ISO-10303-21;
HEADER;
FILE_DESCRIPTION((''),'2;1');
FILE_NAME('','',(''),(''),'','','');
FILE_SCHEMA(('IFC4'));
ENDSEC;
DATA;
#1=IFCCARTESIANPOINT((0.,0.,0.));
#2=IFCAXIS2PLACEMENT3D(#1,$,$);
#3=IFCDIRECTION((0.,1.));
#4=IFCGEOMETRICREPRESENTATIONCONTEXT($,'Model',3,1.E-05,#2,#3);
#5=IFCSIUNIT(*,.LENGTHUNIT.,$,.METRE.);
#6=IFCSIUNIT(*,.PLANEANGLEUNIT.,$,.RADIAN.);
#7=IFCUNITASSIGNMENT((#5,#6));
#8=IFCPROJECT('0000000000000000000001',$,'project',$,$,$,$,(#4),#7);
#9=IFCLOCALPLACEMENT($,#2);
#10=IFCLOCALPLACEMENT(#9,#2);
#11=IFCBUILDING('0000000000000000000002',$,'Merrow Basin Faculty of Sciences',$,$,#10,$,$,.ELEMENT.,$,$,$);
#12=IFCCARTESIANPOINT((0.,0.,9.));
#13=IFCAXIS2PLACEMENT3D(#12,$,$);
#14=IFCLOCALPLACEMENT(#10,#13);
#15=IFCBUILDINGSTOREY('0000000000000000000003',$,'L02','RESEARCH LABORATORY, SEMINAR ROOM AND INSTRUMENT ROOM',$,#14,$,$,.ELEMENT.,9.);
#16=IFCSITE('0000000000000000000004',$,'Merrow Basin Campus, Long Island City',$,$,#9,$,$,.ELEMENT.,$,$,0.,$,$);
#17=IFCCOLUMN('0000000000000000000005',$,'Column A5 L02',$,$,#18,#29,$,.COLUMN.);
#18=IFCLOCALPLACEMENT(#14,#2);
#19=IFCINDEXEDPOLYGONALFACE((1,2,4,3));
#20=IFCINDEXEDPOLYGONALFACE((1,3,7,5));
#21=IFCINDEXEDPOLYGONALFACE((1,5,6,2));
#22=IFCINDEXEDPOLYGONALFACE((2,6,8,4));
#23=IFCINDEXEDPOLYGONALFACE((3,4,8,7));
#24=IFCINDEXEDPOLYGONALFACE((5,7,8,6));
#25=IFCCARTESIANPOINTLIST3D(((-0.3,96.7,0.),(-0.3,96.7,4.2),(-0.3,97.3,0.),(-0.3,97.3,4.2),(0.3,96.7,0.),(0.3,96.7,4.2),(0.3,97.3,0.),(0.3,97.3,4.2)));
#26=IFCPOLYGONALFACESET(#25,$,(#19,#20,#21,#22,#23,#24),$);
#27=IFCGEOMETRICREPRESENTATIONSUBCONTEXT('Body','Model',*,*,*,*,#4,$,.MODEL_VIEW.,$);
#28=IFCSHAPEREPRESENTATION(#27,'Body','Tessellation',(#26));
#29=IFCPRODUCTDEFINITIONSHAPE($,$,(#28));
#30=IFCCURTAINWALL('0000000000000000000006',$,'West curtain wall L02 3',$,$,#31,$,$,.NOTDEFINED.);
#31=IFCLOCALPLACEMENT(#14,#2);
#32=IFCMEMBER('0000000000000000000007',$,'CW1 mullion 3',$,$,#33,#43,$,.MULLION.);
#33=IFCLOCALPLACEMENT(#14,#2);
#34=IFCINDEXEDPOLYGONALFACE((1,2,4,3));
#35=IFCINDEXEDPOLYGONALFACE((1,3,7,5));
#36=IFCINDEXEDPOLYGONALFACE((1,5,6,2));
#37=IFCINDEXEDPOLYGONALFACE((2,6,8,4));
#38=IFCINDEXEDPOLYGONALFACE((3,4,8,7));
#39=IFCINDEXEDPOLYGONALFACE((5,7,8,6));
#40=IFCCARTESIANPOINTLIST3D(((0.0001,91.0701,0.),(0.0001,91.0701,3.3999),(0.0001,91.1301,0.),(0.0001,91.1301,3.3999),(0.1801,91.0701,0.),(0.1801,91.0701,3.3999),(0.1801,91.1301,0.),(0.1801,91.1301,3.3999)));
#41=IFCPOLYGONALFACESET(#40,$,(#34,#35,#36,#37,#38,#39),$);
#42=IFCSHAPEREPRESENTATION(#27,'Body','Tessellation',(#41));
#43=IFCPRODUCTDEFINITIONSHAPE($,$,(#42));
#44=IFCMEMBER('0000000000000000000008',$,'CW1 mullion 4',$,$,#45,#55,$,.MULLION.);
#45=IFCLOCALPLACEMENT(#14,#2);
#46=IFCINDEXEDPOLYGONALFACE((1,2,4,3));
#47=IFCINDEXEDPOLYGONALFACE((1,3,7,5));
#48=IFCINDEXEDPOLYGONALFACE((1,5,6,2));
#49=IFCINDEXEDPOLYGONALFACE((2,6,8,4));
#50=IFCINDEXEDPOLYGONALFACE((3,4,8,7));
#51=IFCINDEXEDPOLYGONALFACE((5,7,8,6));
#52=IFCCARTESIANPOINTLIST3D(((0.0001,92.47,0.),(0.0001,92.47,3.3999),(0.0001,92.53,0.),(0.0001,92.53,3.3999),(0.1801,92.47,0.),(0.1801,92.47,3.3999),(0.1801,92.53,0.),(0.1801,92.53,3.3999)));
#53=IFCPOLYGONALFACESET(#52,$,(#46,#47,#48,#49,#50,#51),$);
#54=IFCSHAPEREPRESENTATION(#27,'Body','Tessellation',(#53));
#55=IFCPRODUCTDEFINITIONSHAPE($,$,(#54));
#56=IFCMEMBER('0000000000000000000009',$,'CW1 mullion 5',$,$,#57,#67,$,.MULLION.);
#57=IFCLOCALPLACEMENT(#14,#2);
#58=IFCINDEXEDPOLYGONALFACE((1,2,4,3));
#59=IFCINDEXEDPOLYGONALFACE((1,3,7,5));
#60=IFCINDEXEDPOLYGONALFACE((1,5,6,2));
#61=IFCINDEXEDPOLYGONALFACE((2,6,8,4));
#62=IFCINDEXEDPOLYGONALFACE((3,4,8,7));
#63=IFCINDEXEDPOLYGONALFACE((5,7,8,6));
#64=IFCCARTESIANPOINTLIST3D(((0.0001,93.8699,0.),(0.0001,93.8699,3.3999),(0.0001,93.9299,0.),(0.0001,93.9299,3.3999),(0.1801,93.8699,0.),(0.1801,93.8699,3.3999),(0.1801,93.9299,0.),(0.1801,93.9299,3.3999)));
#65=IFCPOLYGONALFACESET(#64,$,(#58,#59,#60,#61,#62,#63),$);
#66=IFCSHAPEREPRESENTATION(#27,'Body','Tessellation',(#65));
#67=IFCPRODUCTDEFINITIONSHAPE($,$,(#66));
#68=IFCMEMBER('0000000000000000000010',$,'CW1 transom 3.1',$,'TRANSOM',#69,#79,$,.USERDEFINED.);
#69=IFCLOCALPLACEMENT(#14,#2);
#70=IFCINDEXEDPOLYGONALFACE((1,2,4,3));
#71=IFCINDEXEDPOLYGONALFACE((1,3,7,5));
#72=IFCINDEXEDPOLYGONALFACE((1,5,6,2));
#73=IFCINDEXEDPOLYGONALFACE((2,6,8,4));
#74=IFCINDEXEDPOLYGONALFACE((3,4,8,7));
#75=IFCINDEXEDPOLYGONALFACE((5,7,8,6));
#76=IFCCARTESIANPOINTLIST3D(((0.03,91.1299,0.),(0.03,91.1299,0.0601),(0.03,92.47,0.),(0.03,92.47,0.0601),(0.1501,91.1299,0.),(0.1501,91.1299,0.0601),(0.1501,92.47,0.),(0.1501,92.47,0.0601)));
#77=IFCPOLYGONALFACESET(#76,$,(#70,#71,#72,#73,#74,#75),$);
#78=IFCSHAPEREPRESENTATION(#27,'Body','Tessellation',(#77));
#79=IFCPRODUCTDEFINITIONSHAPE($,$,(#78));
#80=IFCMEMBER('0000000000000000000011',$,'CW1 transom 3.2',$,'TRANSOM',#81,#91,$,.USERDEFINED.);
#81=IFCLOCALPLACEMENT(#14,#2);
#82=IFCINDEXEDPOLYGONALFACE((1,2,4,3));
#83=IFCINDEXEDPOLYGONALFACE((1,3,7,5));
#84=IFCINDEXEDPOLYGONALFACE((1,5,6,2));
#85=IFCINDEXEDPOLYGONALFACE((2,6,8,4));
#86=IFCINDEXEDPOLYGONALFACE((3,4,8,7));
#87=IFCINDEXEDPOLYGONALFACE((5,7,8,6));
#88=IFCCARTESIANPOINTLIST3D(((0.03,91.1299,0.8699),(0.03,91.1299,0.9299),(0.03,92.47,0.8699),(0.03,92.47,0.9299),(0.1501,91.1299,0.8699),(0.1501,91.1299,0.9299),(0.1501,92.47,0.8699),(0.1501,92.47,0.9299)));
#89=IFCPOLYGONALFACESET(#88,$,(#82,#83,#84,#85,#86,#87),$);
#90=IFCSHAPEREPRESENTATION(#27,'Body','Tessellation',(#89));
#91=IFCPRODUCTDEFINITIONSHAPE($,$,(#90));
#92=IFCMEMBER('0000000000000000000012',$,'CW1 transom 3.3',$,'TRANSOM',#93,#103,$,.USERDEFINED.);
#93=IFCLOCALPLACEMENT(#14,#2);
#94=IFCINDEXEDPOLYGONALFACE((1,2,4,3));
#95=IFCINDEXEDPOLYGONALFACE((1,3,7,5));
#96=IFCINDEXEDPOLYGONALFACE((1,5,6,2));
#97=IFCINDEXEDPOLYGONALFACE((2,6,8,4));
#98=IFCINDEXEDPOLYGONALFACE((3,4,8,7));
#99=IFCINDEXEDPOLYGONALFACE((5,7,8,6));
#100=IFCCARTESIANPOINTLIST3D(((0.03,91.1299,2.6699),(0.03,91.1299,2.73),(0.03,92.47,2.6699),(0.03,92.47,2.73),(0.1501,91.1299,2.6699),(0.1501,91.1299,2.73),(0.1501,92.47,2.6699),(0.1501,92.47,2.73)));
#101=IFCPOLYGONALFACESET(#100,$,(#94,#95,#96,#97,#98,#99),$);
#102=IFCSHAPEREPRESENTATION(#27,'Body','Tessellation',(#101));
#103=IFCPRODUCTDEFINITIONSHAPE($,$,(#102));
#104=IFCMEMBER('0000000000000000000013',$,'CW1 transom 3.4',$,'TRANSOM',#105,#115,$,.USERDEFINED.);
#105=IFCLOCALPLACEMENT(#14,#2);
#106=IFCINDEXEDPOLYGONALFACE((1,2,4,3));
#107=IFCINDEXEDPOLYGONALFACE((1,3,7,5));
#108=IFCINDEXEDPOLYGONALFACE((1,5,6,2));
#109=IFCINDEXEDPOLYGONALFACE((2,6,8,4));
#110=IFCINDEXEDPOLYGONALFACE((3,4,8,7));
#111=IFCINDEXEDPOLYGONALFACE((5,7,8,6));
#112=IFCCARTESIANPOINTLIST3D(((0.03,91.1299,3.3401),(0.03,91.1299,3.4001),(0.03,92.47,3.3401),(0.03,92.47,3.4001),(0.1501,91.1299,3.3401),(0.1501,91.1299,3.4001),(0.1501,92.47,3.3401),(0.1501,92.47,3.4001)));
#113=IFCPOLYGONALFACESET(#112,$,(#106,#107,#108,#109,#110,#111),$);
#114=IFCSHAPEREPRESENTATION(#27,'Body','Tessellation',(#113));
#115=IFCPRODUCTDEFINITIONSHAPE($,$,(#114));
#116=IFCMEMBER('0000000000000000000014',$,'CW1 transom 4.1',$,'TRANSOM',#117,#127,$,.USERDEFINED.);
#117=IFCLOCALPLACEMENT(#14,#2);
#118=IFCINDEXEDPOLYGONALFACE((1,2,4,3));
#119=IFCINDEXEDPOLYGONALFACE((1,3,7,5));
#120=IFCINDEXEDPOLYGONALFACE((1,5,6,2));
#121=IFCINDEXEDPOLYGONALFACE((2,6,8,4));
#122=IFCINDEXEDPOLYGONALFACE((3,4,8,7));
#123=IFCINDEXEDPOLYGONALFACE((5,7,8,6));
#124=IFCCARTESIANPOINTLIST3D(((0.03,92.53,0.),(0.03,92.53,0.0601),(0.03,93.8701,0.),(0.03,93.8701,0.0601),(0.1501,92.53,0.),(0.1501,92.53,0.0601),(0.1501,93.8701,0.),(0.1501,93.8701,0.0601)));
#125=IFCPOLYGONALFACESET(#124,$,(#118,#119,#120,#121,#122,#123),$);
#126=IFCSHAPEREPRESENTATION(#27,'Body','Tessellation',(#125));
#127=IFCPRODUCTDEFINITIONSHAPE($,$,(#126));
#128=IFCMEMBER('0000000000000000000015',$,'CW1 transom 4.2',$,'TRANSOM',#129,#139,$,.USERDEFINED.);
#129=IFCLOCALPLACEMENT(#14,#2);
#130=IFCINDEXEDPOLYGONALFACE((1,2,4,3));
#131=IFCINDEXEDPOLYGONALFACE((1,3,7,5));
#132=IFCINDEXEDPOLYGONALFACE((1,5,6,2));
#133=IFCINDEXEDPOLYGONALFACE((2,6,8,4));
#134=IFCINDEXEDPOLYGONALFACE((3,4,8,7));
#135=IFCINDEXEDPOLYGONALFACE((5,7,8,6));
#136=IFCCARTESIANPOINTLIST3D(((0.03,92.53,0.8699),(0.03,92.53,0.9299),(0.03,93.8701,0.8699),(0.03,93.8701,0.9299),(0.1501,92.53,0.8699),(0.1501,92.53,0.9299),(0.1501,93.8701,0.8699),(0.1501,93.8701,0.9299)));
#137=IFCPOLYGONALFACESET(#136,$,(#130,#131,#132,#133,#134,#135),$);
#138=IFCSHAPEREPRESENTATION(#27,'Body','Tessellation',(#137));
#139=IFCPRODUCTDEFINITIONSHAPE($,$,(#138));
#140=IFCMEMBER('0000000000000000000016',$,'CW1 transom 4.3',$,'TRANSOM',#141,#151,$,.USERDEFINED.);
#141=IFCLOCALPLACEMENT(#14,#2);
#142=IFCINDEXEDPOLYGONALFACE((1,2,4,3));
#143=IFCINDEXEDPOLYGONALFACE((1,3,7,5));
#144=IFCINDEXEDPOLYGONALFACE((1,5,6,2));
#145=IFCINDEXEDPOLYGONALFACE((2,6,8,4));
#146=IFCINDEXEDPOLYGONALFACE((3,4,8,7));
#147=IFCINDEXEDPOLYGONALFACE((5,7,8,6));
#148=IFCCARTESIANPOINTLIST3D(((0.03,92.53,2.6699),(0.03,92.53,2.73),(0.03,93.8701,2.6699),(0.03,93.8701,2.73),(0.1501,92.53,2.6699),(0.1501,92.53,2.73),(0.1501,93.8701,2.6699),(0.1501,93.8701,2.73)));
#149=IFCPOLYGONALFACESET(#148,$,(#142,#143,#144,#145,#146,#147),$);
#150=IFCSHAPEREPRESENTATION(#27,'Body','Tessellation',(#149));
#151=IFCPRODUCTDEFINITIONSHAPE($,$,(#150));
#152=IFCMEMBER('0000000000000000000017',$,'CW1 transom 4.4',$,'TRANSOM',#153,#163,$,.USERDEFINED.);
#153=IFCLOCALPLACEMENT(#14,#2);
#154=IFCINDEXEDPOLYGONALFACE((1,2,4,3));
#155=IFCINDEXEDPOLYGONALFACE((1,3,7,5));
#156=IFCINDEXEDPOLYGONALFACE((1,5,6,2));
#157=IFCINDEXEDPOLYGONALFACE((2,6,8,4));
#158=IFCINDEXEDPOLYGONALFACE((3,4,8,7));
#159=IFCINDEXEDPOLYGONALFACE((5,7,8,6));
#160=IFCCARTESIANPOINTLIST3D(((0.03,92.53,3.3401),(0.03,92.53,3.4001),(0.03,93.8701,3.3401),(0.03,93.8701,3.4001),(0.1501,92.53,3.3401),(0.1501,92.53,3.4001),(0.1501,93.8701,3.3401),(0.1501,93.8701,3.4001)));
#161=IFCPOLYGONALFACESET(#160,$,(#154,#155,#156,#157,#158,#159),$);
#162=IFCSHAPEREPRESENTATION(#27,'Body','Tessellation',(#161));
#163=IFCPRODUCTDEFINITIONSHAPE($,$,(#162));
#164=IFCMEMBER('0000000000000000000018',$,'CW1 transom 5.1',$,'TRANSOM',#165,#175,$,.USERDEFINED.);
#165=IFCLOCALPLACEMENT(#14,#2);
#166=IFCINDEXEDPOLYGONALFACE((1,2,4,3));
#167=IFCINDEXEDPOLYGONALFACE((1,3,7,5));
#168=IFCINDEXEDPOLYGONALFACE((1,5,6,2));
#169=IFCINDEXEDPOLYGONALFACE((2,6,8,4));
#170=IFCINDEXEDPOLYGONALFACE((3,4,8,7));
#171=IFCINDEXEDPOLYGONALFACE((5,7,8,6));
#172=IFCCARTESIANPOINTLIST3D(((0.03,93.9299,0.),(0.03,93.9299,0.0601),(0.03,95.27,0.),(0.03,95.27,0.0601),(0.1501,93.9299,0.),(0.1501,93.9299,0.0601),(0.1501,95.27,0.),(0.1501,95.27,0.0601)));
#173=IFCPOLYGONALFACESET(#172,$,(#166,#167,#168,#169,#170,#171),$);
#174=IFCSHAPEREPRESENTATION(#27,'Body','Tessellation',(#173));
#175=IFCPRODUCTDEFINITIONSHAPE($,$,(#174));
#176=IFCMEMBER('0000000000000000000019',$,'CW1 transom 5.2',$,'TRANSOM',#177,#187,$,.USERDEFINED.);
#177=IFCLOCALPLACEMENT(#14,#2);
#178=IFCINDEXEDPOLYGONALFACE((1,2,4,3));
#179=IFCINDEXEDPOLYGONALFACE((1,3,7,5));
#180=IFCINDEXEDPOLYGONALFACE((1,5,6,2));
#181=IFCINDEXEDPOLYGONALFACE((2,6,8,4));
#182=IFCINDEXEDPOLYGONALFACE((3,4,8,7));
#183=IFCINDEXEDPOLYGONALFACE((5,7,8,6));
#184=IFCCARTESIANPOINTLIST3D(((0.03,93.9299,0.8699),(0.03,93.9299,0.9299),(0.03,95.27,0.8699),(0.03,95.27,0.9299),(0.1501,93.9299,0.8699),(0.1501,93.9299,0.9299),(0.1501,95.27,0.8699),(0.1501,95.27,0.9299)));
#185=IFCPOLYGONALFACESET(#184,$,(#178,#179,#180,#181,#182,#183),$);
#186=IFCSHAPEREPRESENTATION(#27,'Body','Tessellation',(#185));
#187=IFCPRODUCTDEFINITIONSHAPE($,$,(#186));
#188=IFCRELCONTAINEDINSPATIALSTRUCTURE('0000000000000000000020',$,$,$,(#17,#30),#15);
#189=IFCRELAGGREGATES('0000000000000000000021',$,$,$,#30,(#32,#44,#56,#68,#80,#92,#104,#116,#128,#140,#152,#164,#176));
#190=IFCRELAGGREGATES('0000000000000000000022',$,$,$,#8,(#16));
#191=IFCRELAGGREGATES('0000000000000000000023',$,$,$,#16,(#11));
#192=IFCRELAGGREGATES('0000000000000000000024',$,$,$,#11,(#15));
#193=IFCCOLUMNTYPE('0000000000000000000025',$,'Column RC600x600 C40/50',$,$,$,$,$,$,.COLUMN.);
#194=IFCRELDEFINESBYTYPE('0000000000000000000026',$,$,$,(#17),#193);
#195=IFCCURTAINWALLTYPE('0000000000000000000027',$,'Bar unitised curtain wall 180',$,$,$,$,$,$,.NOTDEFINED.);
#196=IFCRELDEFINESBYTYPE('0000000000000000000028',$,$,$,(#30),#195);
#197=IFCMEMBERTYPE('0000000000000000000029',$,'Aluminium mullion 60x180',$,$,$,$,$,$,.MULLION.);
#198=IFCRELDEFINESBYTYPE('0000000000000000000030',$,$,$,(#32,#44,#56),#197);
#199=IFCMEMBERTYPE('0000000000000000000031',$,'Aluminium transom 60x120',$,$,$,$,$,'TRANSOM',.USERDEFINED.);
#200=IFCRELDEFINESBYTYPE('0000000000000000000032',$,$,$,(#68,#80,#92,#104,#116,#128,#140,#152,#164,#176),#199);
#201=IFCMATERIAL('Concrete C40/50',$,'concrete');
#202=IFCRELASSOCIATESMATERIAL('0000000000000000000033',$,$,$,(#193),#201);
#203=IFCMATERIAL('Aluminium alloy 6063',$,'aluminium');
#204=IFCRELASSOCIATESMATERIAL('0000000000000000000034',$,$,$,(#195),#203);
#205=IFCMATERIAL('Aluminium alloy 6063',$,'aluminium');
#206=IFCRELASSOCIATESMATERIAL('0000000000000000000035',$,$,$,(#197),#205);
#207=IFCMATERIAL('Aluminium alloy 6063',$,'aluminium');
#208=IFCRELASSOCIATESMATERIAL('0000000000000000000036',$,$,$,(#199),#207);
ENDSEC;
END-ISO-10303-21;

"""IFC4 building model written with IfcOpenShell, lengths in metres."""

from ifc_helpers import new_model, si_unit, direction, frame, origin, origin_2d, place, context, subcontext, project, spatial, rectangle, extrude, material, material_profile, profile_set, type_object, element, aggregate, save


model = new_model("IFC4")

# Units and contexts
model_context = context("Model", 3, precision=1e-05, world=origin(), true_north=direction((0.0, 1.0)))
body_context = subcontext(model_context, "Body", "Model", "MODEL_VIEW")
ifc_project = project(units=[si_unit("LENGTHUNIT", "METRE"), si_unit("PLANEANGLEUNIT", "RADIAN")], contexts=[model_context])

# Site, building, storey
site_placement = place(None, origin())
site = spatial("IfcSite", under=ifc_project, at=site_placement, Name="Merrow Basin Campus, Long Island City", CompositionType="ELEMENT", RefElevation=0.0)
building_placement = place(site_placement, origin())
building = spatial("IfcBuilding", under=site, at=building_placement, Name="Merrow Basin Faculty of Sciences", CompositionType="ELEMENT")
storey_placement = place(building_placement, frame((0.0, 0.0, 9.0)))
storey = spatial("IfcBuildingStorey", under=building, at=storey_placement, Name="L02", Description="RESEARCH LABORATORY, SEMINAR ROOM AND INSTRUMENT ROOM", CompositionType="ELEMENT", Elevation=9.0)

# Column
ifc_material_1 = material(Name="Concrete C40/50", Category="concrete")
ifc_material_profile_1 = material_profile(ifc_material_1, rectangle(XDim=0.6001, YDim=0.6001, at=origin_2d()))
ifc_profile_set_1 = profile_set([ifc_material_profile_1], Name="Concrete C40/50")
column_type = type_object("IfcColumnType", Name="Column RC600x600 C40/50", PredefinedType="COLUMN", material=ifc_profile_set_1)
column_placement = place(storey_placement, frame((0.0, 97.0, 0.0), z_axis=(0.0, 0.0, 1.0), x_axis=(1.0, 0.0, 0.0)))
element("IfcColumn", 1, at=column_placement, inside=storey, type_object=column_type, Name="Column A5 L02", PredefinedType="COLUMN", context=body_context, shape_type="SweptSolid", body=[
    extrude(rectangle(XDim=0.6001, YDim=0.6001, at=origin_2d()), origin(), (0.0, 0.0, 1.0), 4.2),
])

# Curtain wall, members
ifc_material_2 = material(Name="Aluminium alloy 6063", Category="aluminium")
curtain_wall_type = type_object("IfcCurtainWallType", Name="Bar unitised curtain wall 180", PredefinedType="NOTDEFINED", material=ifc_material_2)
curtain_wall_placement = place(storey_placement, origin())
curtain_wall = element("IfcCurtainWall", 2, at=curtain_wall_placement, inside=storey, type_object=curtain_wall_type, Name="West curtain wall L02 3", PredefinedType="NOTDEFINED")
ifc_material_3 = material(Name="Aluminium alloy 6063", Category="aluminium")
ifc_material_profile_2 = material_profile(ifc_material_3, rectangle(XDim=0.1799, YDim=0.0601, at=origin_2d()))
ifc_profile_set_2 = profile_set([ifc_material_profile_2], Name="Aluminium alloy 6063")
member_type_1 = type_object("IfcMemberType", Name="Aluminium mullion 60x180", PredefinedType="MULLION", material=ifc_profile_set_2)
member_1_placement = place(storey_placement, frame((0.0901, 91.1001, 0.0), z_axis=(0.0, 0.0, 1.0), x_axis=(-1.0, 0.0, 0.0)))
member_1 = element("IfcMember", 3, at=member_1_placement, type_object=member_type_1, Name="CW1 mullion 3", PredefinedType="MULLION", context=body_context, shape_type="SweptSolid", body=[
    extrude(rectangle(XDim=0.1799, YDim=0.0601, at=origin_2d()), origin(), (0.0, 0.0, 1.0), 3.3999),
])
member_2_placement = place(storey_placement, frame((0.0901, 92.5, 0.0), z_axis=(0.0, 0.0, 1.0), x_axis=(-1.0, 0.0, 0.0)))
member_2 = element("IfcMember", 4, at=member_2_placement, type_object=member_type_1, Name="CW1 mullion 4", PredefinedType="MULLION", context=body_context, shape_type="SweptSolid", body=[
    extrude(rectangle(XDim=0.1799, YDim=0.0601, at=origin_2d()), origin(), (0.0, 0.0, 1.0), 3.3999),
])
member_3_placement = place(storey_placement, frame((0.0901, 93.8999, 0.0), z_axis=(0.0, 0.0, 1.0), x_axis=(-1.0, 0.0, 0.0)))
member_3 = element("IfcMember", 5, at=member_3_placement, type_object=member_type_1, Name="CW1 mullion 5", PredefinedType="MULLION", context=body_context, shape_type="SweptSolid", body=[
    extrude(rectangle(XDim=0.1799, YDim=0.0601, at=origin_2d()), origin(), (0.0, 0.0, 1.0), 3.3999),
])
ifc_material_4 = material(Name="Aluminium alloy 6063", Category="aluminium")
ifc_material_profile_3 = material_profile(ifc_material_4, rectangle(XDim=0.1201, YDim=0.0601, at=origin_2d()))
ifc_profile_set_3 = profile_set([ifc_material_profile_3], Name="Aluminium alloy 6063")
member_type_2 = type_object("IfcMemberType", Name="Aluminium transom 60x120", ElementType="TRANSOM", PredefinedType="USERDEFINED", material=ifc_profile_set_3)
member_4_placement = place(storey_placement, frame((0.0901, 91.1299, 0.03), z_axis=(0.0, 1.0, 0.0), x_axis=(-1.0, 0.0, 0.0)))
member_4 = element("IfcMember", 6, at=member_4_placement, type_object=member_type_2, Name="CW1 transom 3.1", ObjectType="TRANSOM", PredefinedType="USERDEFINED", context=body_context, shape_type="SweptSolid", body=[
    extrude(rectangle(XDim=0.1201, YDim=0.0601, at=origin_2d()), origin(), (0.0, 0.0, 1.0), 1.3401),
])
member_5_placement = place(storey_placement, frame((0.0901, 91.1299, 0.8999), z_axis=(0.0, 1.0, 0.0), x_axis=(-1.0, 0.0, 0.0)))
member_5 = element("IfcMember", 7, at=member_5_placement, type_object=member_type_2, Name="CW1 transom 3.2", ObjectType="TRANSOM", PredefinedType="USERDEFINED", context=body_context, shape_type="SweptSolid", body=[
    extrude(rectangle(XDim=0.1201, YDim=0.0601, at=origin_2d()), origin(), (0.0, 0.0, 1.0), 1.3401),
])
member_6_placement = place(storey_placement, frame((0.0901, 91.1299, 2.7), z_axis=(0.0, 1.0, 0.0), x_axis=(-1.0, 0.0, 0.0)))
member_6 = element("IfcMember", 8, at=member_6_placement, type_object=member_type_2, Name="CW1 transom 3.3", ObjectType="TRANSOM", PredefinedType="USERDEFINED", context=body_context, shape_type="SweptSolid", body=[
    extrude(rectangle(XDim=0.1201, YDim=0.0601, at=origin_2d()), origin(), (0.0, 0.0, 1.0), 1.3401),
])
member_7_placement = place(storey_placement, frame((0.0901, 91.1299, 3.3701), z_axis=(0.0, 1.0, 0.0), x_axis=(-1.0, 0.0, 0.0)))
member_7 = element("IfcMember", 9, at=member_7_placement, type_object=member_type_2, Name="CW1 transom 3.4", ObjectType="TRANSOM", PredefinedType="USERDEFINED", context=body_context, shape_type="SweptSolid", body=[
    extrude(rectangle(XDim=0.1201, YDim=0.0601, at=origin_2d()), origin(), (0.0, 0.0, 1.0), 1.3401),
])
member_8_placement = place(storey_placement, frame((0.0901, 92.53, 0.03), z_axis=(0.0, 1.0, 0.0), x_axis=(-1.0, 0.0, 0.0)))
member_8 = element("IfcMember", 10, at=member_8_placement, type_object=member_type_2, Name="CW1 transom 4.1", ObjectType="TRANSOM", PredefinedType="USERDEFINED", context=body_context, shape_type="SweptSolid", body=[
    extrude(rectangle(XDim=0.1201, YDim=0.0601, at=origin_2d()), origin(), (0.0, 0.0, 1.0), 1.3401),
])
member_9_placement = place(storey_placement, frame((0.0901, 92.53, 0.8999), z_axis=(0.0, 1.0, 0.0), x_axis=(-1.0, 0.0, 0.0)))
member_9 = element("IfcMember", 11, at=member_9_placement, type_object=member_type_2, Name="CW1 transom 4.2", ObjectType="TRANSOM", PredefinedType="USERDEFINED", context=body_context, shape_type="SweptSolid", body=[
    extrude(rectangle(XDim=0.1201, YDim=0.0601, at=origin_2d()), origin(), (0.0, 0.0, 1.0), 1.3401),
])
member_10_placement = place(storey_placement, frame((0.0901, 92.53, 2.7), z_axis=(0.0, 1.0, 0.0), x_axis=(-1.0, 0.0, 0.0)))
member_10 = element("IfcMember", 12, at=member_10_placement, type_object=member_type_2, Name="CW1 transom 4.3", ObjectType="TRANSOM", PredefinedType="USERDEFINED", context=body_context, shape_type="SweptSolid", body=[
    extrude(rectangle(XDim=0.1201, YDim=0.0601, at=origin_2d()), origin(), (0.0, 0.0, 1.0), 1.3401),
])
member_11_placement = place(storey_placement, frame((0.0901, 92.53, 3.3701), z_axis=(0.0, 1.0, 0.0), x_axis=(-1.0, 0.0, 0.0)))
member_11 = element("IfcMember", 13, at=member_11_placement, type_object=member_type_2, Name="CW1 transom 4.4", ObjectType="TRANSOM", PredefinedType="USERDEFINED", context=body_context, shape_type="SweptSolid", body=[
    extrude(rectangle(XDim=0.1201, YDim=0.0601, at=origin_2d()), origin(), (0.0, 0.0, 1.0), 1.3401),
])
member_12_placement = place(storey_placement, frame((0.0901, 93.9299, 0.03), z_axis=(0.0, 1.0, 0.0), x_axis=(-1.0, 0.0, 0.0)))
member_12 = element("IfcMember", 14, at=member_12_placement, type_object=member_type_2, Name="CW1 transom 5.1", ObjectType="TRANSOM", PredefinedType="USERDEFINED", context=body_context, shape_type="SweptSolid", body=[
    extrude(rectangle(XDim=0.1201, YDim=0.0601, at=origin_2d()), origin(), (0.0, 0.0, 1.0), 1.3401),
])
member_13_placement = place(storey_placement, frame((0.0901, 93.9299, 0.8999), z_axis=(0.0, 1.0, 0.0), x_axis=(-1.0, 0.0, 0.0)))
member_13 = element("IfcMember", 15, at=member_13_placement, type_object=member_type_2, Name="CW1 transom 5.2", ObjectType="TRANSOM", PredefinedType="USERDEFINED", context=body_context, shape_type="SweptSolid", body=[
    extrude(rectangle(XDim=0.1201, YDim=0.0601, at=origin_2d()), origin(), (0.0, 0.0, 1.0), 1.3401),
])

aggregate(curtain_wall, [member_1, member_2, member_3, member_4, member_5, member_6, member_7, member_8, member_9, member_10, member_11, member_12, member_13])

save(model, "model.ifc")
